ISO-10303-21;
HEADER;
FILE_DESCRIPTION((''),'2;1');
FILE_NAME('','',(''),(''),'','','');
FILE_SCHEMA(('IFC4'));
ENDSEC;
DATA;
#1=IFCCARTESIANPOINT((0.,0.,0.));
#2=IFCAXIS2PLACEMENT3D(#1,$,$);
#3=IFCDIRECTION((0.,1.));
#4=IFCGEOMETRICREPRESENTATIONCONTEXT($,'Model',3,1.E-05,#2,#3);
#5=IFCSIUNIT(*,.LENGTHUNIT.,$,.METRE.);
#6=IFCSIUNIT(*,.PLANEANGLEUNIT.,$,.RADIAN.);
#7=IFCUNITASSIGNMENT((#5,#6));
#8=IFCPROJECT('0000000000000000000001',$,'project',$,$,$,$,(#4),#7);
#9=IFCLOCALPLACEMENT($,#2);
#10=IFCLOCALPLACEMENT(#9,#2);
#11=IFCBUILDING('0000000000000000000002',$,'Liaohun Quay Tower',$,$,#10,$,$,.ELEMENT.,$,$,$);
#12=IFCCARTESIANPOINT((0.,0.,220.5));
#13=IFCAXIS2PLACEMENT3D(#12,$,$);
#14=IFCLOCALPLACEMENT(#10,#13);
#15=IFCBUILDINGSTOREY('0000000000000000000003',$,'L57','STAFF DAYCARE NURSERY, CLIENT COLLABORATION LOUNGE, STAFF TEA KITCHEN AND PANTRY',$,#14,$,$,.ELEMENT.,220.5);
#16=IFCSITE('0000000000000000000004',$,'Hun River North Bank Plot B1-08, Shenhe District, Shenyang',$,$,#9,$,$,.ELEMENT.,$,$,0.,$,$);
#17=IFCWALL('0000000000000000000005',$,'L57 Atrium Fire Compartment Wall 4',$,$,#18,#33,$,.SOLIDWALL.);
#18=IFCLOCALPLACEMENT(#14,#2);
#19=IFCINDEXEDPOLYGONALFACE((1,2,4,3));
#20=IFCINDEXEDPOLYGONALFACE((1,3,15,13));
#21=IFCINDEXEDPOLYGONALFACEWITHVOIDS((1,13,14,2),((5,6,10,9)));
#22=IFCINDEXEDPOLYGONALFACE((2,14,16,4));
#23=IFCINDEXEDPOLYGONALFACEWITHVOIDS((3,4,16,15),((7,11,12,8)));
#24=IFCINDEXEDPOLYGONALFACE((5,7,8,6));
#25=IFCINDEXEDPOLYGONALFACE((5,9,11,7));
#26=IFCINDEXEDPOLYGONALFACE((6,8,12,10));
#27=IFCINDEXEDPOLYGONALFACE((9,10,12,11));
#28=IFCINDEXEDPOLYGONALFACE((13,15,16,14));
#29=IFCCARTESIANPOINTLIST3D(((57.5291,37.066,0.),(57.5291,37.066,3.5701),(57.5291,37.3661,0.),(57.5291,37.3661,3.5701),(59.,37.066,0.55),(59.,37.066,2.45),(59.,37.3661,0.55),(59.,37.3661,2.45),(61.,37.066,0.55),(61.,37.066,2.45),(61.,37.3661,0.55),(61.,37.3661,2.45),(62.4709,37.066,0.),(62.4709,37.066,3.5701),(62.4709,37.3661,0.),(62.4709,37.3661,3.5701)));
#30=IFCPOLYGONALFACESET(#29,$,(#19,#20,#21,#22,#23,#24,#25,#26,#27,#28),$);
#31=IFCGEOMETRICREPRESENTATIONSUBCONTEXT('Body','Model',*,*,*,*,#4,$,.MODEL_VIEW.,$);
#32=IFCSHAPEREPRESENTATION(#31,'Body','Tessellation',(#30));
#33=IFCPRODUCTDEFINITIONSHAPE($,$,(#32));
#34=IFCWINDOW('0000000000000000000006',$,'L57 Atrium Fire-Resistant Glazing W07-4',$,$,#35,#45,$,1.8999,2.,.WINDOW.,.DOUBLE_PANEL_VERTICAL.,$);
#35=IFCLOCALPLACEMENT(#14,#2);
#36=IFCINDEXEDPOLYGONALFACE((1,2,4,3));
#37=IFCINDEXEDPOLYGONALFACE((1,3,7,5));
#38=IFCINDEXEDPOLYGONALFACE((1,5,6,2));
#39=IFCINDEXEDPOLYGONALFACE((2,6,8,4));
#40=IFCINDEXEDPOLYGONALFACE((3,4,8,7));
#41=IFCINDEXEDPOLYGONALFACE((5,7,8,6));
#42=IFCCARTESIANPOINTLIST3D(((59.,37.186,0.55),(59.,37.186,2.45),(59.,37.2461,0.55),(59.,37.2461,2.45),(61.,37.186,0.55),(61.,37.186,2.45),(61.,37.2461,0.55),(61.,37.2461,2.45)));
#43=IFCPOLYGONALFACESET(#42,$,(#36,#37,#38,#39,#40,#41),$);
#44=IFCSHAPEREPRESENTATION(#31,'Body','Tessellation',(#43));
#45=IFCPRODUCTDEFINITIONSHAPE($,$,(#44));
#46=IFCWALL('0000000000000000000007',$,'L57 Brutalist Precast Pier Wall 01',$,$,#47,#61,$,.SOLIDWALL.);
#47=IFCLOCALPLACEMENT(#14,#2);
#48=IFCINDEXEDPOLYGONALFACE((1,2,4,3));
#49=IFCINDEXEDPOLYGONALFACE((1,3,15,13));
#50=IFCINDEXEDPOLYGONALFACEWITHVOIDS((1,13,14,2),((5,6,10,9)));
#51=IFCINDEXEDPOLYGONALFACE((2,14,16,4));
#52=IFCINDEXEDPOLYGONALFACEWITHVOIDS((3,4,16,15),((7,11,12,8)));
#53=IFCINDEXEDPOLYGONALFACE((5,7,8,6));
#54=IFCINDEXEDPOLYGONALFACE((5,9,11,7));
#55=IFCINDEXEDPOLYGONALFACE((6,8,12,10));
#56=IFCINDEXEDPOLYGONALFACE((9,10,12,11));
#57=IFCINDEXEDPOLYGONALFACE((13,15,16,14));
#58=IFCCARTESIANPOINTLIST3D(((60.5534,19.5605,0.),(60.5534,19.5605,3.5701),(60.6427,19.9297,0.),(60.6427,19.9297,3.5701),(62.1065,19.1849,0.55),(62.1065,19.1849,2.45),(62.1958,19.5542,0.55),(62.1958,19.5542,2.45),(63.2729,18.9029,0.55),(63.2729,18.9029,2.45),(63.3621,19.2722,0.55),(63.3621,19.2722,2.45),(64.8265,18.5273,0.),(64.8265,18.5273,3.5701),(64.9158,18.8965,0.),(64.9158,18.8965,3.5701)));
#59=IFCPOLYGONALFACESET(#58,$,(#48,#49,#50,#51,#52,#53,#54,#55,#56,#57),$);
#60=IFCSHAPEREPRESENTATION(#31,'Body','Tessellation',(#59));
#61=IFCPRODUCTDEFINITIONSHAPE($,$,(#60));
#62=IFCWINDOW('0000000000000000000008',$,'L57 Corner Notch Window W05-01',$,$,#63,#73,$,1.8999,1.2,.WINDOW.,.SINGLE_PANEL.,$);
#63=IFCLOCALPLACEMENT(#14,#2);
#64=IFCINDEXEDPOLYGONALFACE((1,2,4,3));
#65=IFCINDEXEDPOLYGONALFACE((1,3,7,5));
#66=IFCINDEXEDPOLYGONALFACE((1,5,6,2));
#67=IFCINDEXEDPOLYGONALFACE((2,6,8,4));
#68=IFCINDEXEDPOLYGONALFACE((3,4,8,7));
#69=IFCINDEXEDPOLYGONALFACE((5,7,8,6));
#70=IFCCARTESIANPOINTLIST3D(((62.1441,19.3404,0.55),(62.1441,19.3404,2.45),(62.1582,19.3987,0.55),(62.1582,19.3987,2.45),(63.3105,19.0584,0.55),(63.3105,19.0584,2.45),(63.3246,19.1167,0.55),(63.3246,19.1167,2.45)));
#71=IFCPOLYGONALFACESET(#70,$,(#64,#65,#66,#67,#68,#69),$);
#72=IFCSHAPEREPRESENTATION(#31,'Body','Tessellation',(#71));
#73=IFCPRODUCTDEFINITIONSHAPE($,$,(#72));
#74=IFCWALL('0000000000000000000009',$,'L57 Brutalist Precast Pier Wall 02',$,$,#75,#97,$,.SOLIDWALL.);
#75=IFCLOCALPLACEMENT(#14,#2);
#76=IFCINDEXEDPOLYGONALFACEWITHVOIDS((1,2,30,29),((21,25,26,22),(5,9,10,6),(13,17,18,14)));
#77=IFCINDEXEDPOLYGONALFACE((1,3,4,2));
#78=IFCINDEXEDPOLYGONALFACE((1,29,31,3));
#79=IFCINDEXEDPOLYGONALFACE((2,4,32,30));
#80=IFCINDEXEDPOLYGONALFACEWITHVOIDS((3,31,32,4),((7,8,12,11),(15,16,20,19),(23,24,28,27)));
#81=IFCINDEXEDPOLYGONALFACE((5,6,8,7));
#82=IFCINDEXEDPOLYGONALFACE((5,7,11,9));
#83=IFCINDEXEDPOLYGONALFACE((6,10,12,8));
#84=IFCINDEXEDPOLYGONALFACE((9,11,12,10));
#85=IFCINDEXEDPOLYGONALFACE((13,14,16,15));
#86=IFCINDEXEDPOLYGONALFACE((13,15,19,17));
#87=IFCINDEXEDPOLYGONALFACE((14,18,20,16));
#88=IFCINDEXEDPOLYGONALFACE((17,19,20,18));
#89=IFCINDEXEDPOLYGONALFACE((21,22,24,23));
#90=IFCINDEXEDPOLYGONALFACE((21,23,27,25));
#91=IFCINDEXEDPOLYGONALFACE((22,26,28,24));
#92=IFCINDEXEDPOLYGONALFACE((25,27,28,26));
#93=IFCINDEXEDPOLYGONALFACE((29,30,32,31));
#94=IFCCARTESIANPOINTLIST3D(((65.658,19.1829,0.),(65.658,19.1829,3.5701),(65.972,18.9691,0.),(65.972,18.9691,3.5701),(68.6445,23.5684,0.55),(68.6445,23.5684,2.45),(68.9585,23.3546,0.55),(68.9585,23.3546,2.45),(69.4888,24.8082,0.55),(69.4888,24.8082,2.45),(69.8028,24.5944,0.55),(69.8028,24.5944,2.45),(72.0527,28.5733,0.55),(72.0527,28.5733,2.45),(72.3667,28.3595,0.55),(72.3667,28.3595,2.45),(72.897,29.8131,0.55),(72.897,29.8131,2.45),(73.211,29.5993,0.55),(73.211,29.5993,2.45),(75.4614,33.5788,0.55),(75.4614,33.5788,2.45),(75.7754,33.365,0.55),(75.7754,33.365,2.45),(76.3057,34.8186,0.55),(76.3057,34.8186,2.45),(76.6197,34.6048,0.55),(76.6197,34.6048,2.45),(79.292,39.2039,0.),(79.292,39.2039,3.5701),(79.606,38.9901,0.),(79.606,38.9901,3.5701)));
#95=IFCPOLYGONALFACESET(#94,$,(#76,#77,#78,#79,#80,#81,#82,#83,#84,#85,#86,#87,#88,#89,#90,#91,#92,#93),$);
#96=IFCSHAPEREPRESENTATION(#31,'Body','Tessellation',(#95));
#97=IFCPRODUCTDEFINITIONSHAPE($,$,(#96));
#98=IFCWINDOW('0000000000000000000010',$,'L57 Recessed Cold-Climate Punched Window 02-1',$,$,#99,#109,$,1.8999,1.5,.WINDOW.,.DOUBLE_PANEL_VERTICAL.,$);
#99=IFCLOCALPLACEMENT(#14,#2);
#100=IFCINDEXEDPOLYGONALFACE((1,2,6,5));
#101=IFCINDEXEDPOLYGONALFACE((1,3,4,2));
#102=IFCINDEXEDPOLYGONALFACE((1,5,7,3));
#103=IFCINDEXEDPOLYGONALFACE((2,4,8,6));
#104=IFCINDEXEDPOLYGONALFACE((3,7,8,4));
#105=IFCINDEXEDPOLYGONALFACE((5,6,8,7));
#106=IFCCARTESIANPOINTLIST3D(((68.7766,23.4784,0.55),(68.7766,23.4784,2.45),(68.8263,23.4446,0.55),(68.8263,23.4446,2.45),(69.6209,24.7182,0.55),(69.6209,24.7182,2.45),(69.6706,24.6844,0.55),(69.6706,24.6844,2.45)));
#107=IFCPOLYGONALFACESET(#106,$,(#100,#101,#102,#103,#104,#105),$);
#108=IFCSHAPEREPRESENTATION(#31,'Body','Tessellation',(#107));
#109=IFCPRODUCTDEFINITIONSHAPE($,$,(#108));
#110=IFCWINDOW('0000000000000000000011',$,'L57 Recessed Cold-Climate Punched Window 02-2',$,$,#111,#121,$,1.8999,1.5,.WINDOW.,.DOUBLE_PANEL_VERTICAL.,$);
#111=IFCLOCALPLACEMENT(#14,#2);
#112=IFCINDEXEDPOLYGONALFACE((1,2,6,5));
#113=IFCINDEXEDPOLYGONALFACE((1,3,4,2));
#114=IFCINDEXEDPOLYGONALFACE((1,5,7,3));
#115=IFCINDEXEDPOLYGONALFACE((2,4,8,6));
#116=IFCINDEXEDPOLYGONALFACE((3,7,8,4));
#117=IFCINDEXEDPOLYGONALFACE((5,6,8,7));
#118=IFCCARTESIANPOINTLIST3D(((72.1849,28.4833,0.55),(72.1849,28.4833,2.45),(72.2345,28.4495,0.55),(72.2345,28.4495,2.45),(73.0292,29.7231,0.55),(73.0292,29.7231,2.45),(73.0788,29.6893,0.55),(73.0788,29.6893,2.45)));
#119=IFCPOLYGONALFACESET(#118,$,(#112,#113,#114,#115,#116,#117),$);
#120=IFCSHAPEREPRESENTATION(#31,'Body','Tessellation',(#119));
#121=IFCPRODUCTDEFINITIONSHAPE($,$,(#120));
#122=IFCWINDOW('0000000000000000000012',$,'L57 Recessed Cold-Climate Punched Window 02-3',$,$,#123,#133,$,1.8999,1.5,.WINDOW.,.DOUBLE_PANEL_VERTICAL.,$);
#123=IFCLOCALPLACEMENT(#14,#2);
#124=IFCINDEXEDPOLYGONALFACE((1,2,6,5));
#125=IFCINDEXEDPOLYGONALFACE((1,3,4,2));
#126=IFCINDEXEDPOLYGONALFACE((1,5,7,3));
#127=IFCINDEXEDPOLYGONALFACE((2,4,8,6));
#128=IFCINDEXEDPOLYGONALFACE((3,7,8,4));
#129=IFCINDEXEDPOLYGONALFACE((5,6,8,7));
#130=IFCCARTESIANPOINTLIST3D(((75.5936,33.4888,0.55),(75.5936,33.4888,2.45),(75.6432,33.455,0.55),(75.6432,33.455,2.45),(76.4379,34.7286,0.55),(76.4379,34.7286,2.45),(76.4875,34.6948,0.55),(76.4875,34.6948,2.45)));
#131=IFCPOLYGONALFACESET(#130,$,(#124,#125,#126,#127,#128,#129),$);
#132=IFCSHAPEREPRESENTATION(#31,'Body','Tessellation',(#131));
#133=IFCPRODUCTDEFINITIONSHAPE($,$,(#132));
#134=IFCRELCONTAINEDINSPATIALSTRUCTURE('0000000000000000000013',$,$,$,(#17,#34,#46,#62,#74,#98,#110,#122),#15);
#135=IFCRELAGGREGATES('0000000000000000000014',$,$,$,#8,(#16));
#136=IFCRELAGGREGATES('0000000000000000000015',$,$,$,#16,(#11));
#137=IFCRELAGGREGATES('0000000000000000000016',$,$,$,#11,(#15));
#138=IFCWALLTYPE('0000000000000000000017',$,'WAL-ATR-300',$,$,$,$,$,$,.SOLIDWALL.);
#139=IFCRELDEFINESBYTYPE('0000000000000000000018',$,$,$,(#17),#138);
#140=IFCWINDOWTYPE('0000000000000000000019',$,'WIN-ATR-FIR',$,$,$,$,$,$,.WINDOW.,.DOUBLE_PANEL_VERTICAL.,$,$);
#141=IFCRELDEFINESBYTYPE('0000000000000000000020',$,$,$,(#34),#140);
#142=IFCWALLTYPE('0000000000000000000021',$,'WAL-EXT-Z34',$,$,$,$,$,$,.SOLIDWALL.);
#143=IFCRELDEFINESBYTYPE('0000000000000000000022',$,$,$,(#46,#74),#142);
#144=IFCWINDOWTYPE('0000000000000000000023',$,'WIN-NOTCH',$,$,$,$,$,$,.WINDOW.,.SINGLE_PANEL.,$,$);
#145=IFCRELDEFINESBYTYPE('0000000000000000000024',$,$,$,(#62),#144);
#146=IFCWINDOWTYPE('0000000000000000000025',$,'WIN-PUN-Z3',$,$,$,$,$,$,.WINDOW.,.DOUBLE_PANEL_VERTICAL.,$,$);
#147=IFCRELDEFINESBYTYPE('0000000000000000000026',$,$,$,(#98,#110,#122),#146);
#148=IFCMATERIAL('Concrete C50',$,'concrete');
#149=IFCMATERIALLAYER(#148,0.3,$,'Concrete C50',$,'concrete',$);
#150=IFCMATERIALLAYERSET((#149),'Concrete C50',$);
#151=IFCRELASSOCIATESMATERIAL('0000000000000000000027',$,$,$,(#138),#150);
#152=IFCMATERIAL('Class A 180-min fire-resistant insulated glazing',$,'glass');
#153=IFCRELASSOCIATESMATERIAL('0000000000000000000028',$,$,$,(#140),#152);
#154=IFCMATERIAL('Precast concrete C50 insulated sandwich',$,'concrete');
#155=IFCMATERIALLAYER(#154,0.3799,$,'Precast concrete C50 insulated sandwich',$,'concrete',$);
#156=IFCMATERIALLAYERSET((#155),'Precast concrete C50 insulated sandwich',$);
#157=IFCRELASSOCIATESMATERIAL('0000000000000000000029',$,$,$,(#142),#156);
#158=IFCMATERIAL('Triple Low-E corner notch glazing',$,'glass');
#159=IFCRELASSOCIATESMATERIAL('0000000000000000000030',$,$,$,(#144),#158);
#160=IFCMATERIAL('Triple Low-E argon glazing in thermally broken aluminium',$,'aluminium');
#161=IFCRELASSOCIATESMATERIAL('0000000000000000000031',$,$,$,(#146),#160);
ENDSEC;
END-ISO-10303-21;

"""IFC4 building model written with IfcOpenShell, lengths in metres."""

from ifc_helpers import new_model, si_unit, direction, frame, frame_2d, origin, place, context, subcontext, project, spatial, rectangle, extrude, source, transform, mapped, material, layer, layer_set, type_object, element, fill, save


model = new_model("IFC4")

# Units and contexts
model_context = context("Model", 3, precision=1e-05, world=origin(), true_north=direction((0.0, 1.0)))
body_context = subcontext(model_context, "Body", "Model", "MODEL_VIEW")
ifc_project = project(units=[si_unit("LENGTHUNIT", "METRE"), si_unit("PLANEANGLEUNIT", "RADIAN")], contexts=[model_context])

# Site, building, storey
site_placement = place(None, origin())
site = spatial("IfcSite", under=ifc_project, at=site_placement, Name="Hun River North Bank Plot B1-08, Shenhe District, Shenyang", CompositionType="ELEMENT", RefElevation=0.0)
building_placement = place(site_placement, origin())
building = spatial("IfcBuilding", under=site, at=building_placement, Name="Liaohun Quay Tower", CompositionType="ELEMENT")
storey_placement = place(building_placement, frame((0.0, 0.0, 220.5)))
storey = spatial("IfcBuildingStorey", under=building, at=storey_placement, Name="L57", Description="STAFF DAYCARE NURSERY, CLIENT COLLABORATION LOUNGE, STAFF TEA KITCHEN AND PANTRY", CompositionType="ELEMENT", Elevation=220.5)

# Walls, openings, windows
ifc_material_1 = material(Name="Concrete C50", Category="concrete")
ifc_layer_1 = layer(ifc_material_1, 0.3, Name="Concrete C50", Category="concrete")
ifc_layer_set_1 = layer_set([ifc_layer_1], Name="Concrete C50")
wall_type_1 = type_object("IfcWallType", Name="WAL-ATR-300", PredefinedType="SOLIDWALL", material=ifc_layer_set_1)
shared_shape_1 = source(origin(), body_context, "Body", "SweptSolid", [
    extrude(rectangle(XDim=2.0, YDim=1.8999, at=frame_2d((1.0, 0.95))), frame((0.0, 0.1599, 0.0), z_axis=(0.0, -1.0, 0.0), x_axis=(1.0, 0.0, 0.0)), (0.0, 0.0, 1.0), 0.3201),
])
ifc_material_2 = material(Name="Class A 180-min fire-resistant insulated glazing", Category="glass")
window_type_1 = type_object("IfcWindowType", Name="WIN-ATR-FIR", PartitioningType="DOUBLE_PANEL_VERTICAL", PredefinedType="WINDOW", material=ifc_material_2)
shared_shape_2 = source(origin(), body_context, "Body", "SweptSolid", [
    extrude(rectangle(XDim=2.0, YDim=1.8999, at=frame_2d((1.0, 0.95))), frame((0.0, 0.03, 0.0), z_axis=(0.0, -1.0, 0.0), x_axis=(1.0, 0.0, 0.0)), (0.0, 0.0, 1.0), 0.0601),
])
wall_1_placement = place(storey_placement, frame((62.4709, 37.2161, 0.0), z_axis=(0.0, 0.0, 1.0), x_axis=(-1.0, 0.0, 0.0)))
wall_1 = element("IfcWall", 1, at=wall_1_placement, inside=storey, type_object=wall_type_1, Name="L57 Atrium Fire Compartment Wall 4", PredefinedType="SOLIDWALL", context=body_context, shape_type="SweptSolid", body=[
    extrude(rectangle(XDim=4.9419, YDim=0.3, at=frame_2d((2.4709, 0.0))), origin(), (0.0, 0.0, 1.0), 3.5701),
])
opening_1_placement = place(wall_1_placement, frame((1.4709, 0.0, 0.55)))
opening_1 = element("IfcOpeningElement", 2, at=opening_1_placement, cuts=wall_1, PredefinedType="OPENING", context=body_context, shape_type="MappedRepresentation", body=[
    mapped(shared_shape_1, transform((0.0, 0.0, 0.0), x_axis=(1.0, 0.0, 0.0), y_axis=(0.0, 1.0, 0.0), z_axis=(0.0, 0.0, 1.0), scale=1.0)),
])
window_1_placement = place(opening_1_placement, origin())
window_1 = element("IfcWindow", 3, at=window_1_placement, inside=storey, type_object=window_type_1, Name="L57 Atrium Fire-Resistant Glazing W07-4", OverallHeight=1.8999, OverallWidth=2.0, PartitioningType="DOUBLE_PANEL_VERTICAL", PredefinedType="WINDOW", context=body_context, shape_type="MappedRepresentation", body=[
    mapped(shared_shape_2, transform((0.0, 0.0, 0.0), x_axis=(1.0, 0.0, 0.0), y_axis=(0.0, 1.0, 0.0), z_axis=(0.0, 0.0, 1.0), scale=1.0)),
])
fill(opening_1, window_1)
ifc_material_3 = material(Name="Precast concrete C50 insulated sandwich", Category="concrete")
ifc_layer_2 = layer(ifc_material_3, 0.3799, Name="Precast concrete C50 insulated sandwich", Category="concrete")
ifc_layer_set_2 = layer_set([ifc_layer_2], Name="Precast concrete C50 insulated sandwich")
wall_type_2 = type_object("IfcWallType", Name="WAL-EXT-Z34", PredefinedType="SOLIDWALL", material=ifc_layer_set_2)
wall_2_placement = place(storey_placement, frame((60.5979, 19.7451, 0.0), z_axis=(0.0, 0.0, 1.0), x_axis=(0.971992, -0.235015, 0.0)))
wall_2 = element("IfcWall", 4, at=wall_2_placement, inside=storey, type_object=wall_type_2, Name="L57 Brutalist Precast Pier Wall 01", PredefinedType="SOLIDWALL", context=body_context, shape_type="SweptSolid", body=[
    extrude(rectangle(XDim=4.3962, YDim=0.3799, at=frame_2d((2.1982, 0.0))), origin(), (0.0, 0.0, 1.0), 3.5701),
])
shared_shape_3 = source(origin(), body_context, "Body", "SweptSolid", [
    extrude(rectangle(XDim=1.2, YDim=1.8999, at=frame_2d((0.6001, 0.95))), frame((0.0, 0.2, 0.0), z_axis=(0.0, -1.0, 0.0), x_axis=(1.0, 0.0, 0.0)), (0.0, 0.0, 1.0), 0.3999),
])
opening_2_placement = place(wall_2_placement, frame((1.5979, 0.0, 0.55)))
opening_2 = element("IfcOpeningElement", 5, at=opening_2_placement, cuts=wall_2, PredefinedType="OPENING", context=body_context, shape_type="MappedRepresentation", body=[
    mapped(shared_shape_3, transform((0.0, 0.0, 0.0), x_axis=(1.0, 0.0, 0.0), y_axis=(0.0, 1.0, 0.0), z_axis=(0.0, 0.0, 1.0), scale=1.0)),
])
ifc_material_4 = material(Name="Triple Low-E corner notch glazing", Category="glass")
window_type_2 = type_object("IfcWindowType", Name="WIN-NOTCH", PartitioningType="SINGLE_PANEL", PredefinedType="WINDOW", material=ifc_material_4)
shared_shape_4 = source(origin(), body_context, "Body", "SweptSolid", [
    extrude(rectangle(XDim=1.2, YDim=1.8999, at=frame_2d((0.6001, 0.95))), frame((0.0, 0.03, 0.0), z_axis=(0.0, -1.0, 0.0), x_axis=(1.0, 0.0, 0.0)), (0.0, 0.0, 1.0), 0.0601),
])
window_2_placement = place(opening_2_placement, origin())
window_2 = element("IfcWindow", 6, at=window_2_placement, inside=storey, type_object=window_type_2, Name="L57 Corner Notch Window W05-01", OverallHeight=1.8999, OverallWidth=1.2, PartitioningType="SINGLE_PANEL", PredefinedType="WINDOW", context=body_context, shape_type="MappedRepresentation", body=[
    mapped(shared_shape_4, transform((0.0, 0.0, 0.0), x_axis=(1.0, 0.0, 0.0), y_axis=(0.0, 1.0, 0.0), z_axis=(0.0, 0.0, 1.0), scale=1.0)),
])
fill(opening_2, window_2)

# Wall, openings, windows
wall_3_placement = place(storey_placement, frame((65.8149, 19.0759, 0.0), z_axis=(0.0, 0.0, 1.0), x_axis=(0.562868, 0.826547, 0.0)))
wall_3 = element("IfcWall", 7, at=wall_3_placement, inside=storey, type_object=wall_type_2, Name="L57 Brutalist Precast Pier Wall 02", PredefinedType="SOLIDWALL", context=body_context, shape_type="SweptSolid", body=[
    extrude(rectangle(XDim=24.2224, YDim=0.3799, at=frame_2d((12.1113, 0.0))), origin(), (0.0, 0.0, 1.0), 3.5701),
])
shared_shape_5 = source(origin(), body_context, "Body", "SweptSolid", [
    extrude(rectangle(XDim=1.5, YDim=1.8999, at=frame_2d((0.75, 0.95))), frame((0.0, 0.2, 0.0), z_axis=(0.0, -1.0, 0.0), x_axis=(1.0, 0.0, 0.0)), (0.0, 0.0, 1.0), 0.3999),
])
opening_3_placement = place(wall_3_placement, frame((5.3059, 0.0, 0.55)))
opening_3 = element("IfcOpeningElement", 8, at=opening_3_placement, cuts=wall_3, PredefinedType="OPENING", context=body_context, shape_type="MappedRepresentation", body=[
    mapped(shared_shape_5, transform((0.0, 0.0, 0.0), x_axis=(1.0, 0.0, 0.0), y_axis=(0.0, 1.0, 0.0), z_axis=(0.0, 0.0, 1.0), scale=1.0)),
])
opening_4_placement = place(wall_3_placement, frame((11.3611, 0.0, 0.55)))
opening_4 = element("IfcOpeningElement", 9, at=opening_4_placement, cuts=wall_3, PredefinedType="OPENING", context=body_context, shape_type="MappedRepresentation", body=[
    mapped(shared_shape_5, transform((0.0, 0.0, 0.0), x_axis=(1.0, 0.0, 0.0), y_axis=(0.0, 1.0, 0.0), z_axis=(0.0, 0.0, 1.0), scale=1.0)),
])
opening_5_placement = place(wall_3_placement, frame((17.417, 0.0, 0.55)))
opening_5 = element("IfcOpeningElement", 10, at=opening_5_placement, cuts=wall_3, PredefinedType="OPENING", context=body_context, shape_type="MappedRepresentation", body=[
    mapped(shared_shape_5, transform((0.0, 0.0, 0.0), x_axis=(1.0, 0.0, 0.0), y_axis=(0.0, 1.0, 0.0), z_axis=(0.0, 0.0, 1.0), scale=1.0)),
])
ifc_material_5 = material(Name="Triple Low-E argon glazing in thermally broken aluminium", Category="aluminium")
window_type_3 = type_object("IfcWindowType", Name="WIN-PUN-Z3", PartitioningType="DOUBLE_PANEL_VERTICAL", PredefinedType="WINDOW", material=ifc_material_5)
shared_shape_6 = source(origin(), body_context, "Body", "SweptSolid", [
    extrude(rectangle(XDim=1.5, YDim=1.8999, at=frame_2d((0.75, 0.95))), frame((0.0, 0.03, 0.0), z_axis=(0.0, -1.0, 0.0), x_axis=(1.0, 0.0, 0.0)), (0.0, 0.0, 1.0), 0.0601),
])
window_3_placement = place(opening_3_placement, origin())
window_3 = element("IfcWindow", 11, at=window_3_placement, inside=storey, type_object=window_type_3, Name="L57 Recessed Cold-Climate Punched Window 02-1", OverallHeight=1.8999, OverallWidth=1.5, PartitioningType="DOUBLE_PANEL_VERTICAL", PredefinedType="WINDOW", context=body_context, shape_type="MappedRepresentation", body=[
    mapped(shared_shape_6, transform((0.0, 0.0, 0.0), x_axis=(1.0, 0.0, 0.0), y_axis=(0.0, 1.0, 0.0), z_axis=(0.0, 0.0, 1.0), scale=1.0)),
])
fill(opening_3, window_3)
window_4_placement = place(opening_4_placement, origin())
window_4 = element("IfcWindow", 12, at=window_4_placement, inside=storey, type_object=window_type_3, Name="L57 Recessed Cold-Climate Punched Window 02-2", OverallHeight=1.8999, OverallWidth=1.5, PartitioningType="DOUBLE_PANEL_VERTICAL", PredefinedType="WINDOW", context=body_context, shape_type="MappedRepresentation", body=[
    mapped(shared_shape_6, transform((0.0, 0.0, 0.0), x_axis=(1.0, 0.0, 0.0), y_axis=(0.0, 1.0, 0.0), z_axis=(0.0, 0.0, 1.0), scale=1.0)),
])
fill(opening_4, window_4)
window_5_placement = place(opening_5_placement, origin())
window_5 = element("IfcWindow", 13, at=window_5_placement, inside=storey, type_object=window_type_3, Name="L57 Recessed Cold-Climate Punched Window 02-3", OverallHeight=1.8999, OverallWidth=1.5, PartitioningType="DOUBLE_PANEL_VERTICAL", PredefinedType="WINDOW", context=body_context, shape_type="MappedRepresentation", body=[
    mapped(shared_shape_6, transform((0.0, 0.0, 0.0), x_axis=(1.0, 0.0, 0.0), y_axis=(0.0, 1.0, 0.0), z_axis=(0.0, 0.0, 1.0), scale=1.0)),
])
fill(opening_5, window_5)

save(model, "model.ifc")
